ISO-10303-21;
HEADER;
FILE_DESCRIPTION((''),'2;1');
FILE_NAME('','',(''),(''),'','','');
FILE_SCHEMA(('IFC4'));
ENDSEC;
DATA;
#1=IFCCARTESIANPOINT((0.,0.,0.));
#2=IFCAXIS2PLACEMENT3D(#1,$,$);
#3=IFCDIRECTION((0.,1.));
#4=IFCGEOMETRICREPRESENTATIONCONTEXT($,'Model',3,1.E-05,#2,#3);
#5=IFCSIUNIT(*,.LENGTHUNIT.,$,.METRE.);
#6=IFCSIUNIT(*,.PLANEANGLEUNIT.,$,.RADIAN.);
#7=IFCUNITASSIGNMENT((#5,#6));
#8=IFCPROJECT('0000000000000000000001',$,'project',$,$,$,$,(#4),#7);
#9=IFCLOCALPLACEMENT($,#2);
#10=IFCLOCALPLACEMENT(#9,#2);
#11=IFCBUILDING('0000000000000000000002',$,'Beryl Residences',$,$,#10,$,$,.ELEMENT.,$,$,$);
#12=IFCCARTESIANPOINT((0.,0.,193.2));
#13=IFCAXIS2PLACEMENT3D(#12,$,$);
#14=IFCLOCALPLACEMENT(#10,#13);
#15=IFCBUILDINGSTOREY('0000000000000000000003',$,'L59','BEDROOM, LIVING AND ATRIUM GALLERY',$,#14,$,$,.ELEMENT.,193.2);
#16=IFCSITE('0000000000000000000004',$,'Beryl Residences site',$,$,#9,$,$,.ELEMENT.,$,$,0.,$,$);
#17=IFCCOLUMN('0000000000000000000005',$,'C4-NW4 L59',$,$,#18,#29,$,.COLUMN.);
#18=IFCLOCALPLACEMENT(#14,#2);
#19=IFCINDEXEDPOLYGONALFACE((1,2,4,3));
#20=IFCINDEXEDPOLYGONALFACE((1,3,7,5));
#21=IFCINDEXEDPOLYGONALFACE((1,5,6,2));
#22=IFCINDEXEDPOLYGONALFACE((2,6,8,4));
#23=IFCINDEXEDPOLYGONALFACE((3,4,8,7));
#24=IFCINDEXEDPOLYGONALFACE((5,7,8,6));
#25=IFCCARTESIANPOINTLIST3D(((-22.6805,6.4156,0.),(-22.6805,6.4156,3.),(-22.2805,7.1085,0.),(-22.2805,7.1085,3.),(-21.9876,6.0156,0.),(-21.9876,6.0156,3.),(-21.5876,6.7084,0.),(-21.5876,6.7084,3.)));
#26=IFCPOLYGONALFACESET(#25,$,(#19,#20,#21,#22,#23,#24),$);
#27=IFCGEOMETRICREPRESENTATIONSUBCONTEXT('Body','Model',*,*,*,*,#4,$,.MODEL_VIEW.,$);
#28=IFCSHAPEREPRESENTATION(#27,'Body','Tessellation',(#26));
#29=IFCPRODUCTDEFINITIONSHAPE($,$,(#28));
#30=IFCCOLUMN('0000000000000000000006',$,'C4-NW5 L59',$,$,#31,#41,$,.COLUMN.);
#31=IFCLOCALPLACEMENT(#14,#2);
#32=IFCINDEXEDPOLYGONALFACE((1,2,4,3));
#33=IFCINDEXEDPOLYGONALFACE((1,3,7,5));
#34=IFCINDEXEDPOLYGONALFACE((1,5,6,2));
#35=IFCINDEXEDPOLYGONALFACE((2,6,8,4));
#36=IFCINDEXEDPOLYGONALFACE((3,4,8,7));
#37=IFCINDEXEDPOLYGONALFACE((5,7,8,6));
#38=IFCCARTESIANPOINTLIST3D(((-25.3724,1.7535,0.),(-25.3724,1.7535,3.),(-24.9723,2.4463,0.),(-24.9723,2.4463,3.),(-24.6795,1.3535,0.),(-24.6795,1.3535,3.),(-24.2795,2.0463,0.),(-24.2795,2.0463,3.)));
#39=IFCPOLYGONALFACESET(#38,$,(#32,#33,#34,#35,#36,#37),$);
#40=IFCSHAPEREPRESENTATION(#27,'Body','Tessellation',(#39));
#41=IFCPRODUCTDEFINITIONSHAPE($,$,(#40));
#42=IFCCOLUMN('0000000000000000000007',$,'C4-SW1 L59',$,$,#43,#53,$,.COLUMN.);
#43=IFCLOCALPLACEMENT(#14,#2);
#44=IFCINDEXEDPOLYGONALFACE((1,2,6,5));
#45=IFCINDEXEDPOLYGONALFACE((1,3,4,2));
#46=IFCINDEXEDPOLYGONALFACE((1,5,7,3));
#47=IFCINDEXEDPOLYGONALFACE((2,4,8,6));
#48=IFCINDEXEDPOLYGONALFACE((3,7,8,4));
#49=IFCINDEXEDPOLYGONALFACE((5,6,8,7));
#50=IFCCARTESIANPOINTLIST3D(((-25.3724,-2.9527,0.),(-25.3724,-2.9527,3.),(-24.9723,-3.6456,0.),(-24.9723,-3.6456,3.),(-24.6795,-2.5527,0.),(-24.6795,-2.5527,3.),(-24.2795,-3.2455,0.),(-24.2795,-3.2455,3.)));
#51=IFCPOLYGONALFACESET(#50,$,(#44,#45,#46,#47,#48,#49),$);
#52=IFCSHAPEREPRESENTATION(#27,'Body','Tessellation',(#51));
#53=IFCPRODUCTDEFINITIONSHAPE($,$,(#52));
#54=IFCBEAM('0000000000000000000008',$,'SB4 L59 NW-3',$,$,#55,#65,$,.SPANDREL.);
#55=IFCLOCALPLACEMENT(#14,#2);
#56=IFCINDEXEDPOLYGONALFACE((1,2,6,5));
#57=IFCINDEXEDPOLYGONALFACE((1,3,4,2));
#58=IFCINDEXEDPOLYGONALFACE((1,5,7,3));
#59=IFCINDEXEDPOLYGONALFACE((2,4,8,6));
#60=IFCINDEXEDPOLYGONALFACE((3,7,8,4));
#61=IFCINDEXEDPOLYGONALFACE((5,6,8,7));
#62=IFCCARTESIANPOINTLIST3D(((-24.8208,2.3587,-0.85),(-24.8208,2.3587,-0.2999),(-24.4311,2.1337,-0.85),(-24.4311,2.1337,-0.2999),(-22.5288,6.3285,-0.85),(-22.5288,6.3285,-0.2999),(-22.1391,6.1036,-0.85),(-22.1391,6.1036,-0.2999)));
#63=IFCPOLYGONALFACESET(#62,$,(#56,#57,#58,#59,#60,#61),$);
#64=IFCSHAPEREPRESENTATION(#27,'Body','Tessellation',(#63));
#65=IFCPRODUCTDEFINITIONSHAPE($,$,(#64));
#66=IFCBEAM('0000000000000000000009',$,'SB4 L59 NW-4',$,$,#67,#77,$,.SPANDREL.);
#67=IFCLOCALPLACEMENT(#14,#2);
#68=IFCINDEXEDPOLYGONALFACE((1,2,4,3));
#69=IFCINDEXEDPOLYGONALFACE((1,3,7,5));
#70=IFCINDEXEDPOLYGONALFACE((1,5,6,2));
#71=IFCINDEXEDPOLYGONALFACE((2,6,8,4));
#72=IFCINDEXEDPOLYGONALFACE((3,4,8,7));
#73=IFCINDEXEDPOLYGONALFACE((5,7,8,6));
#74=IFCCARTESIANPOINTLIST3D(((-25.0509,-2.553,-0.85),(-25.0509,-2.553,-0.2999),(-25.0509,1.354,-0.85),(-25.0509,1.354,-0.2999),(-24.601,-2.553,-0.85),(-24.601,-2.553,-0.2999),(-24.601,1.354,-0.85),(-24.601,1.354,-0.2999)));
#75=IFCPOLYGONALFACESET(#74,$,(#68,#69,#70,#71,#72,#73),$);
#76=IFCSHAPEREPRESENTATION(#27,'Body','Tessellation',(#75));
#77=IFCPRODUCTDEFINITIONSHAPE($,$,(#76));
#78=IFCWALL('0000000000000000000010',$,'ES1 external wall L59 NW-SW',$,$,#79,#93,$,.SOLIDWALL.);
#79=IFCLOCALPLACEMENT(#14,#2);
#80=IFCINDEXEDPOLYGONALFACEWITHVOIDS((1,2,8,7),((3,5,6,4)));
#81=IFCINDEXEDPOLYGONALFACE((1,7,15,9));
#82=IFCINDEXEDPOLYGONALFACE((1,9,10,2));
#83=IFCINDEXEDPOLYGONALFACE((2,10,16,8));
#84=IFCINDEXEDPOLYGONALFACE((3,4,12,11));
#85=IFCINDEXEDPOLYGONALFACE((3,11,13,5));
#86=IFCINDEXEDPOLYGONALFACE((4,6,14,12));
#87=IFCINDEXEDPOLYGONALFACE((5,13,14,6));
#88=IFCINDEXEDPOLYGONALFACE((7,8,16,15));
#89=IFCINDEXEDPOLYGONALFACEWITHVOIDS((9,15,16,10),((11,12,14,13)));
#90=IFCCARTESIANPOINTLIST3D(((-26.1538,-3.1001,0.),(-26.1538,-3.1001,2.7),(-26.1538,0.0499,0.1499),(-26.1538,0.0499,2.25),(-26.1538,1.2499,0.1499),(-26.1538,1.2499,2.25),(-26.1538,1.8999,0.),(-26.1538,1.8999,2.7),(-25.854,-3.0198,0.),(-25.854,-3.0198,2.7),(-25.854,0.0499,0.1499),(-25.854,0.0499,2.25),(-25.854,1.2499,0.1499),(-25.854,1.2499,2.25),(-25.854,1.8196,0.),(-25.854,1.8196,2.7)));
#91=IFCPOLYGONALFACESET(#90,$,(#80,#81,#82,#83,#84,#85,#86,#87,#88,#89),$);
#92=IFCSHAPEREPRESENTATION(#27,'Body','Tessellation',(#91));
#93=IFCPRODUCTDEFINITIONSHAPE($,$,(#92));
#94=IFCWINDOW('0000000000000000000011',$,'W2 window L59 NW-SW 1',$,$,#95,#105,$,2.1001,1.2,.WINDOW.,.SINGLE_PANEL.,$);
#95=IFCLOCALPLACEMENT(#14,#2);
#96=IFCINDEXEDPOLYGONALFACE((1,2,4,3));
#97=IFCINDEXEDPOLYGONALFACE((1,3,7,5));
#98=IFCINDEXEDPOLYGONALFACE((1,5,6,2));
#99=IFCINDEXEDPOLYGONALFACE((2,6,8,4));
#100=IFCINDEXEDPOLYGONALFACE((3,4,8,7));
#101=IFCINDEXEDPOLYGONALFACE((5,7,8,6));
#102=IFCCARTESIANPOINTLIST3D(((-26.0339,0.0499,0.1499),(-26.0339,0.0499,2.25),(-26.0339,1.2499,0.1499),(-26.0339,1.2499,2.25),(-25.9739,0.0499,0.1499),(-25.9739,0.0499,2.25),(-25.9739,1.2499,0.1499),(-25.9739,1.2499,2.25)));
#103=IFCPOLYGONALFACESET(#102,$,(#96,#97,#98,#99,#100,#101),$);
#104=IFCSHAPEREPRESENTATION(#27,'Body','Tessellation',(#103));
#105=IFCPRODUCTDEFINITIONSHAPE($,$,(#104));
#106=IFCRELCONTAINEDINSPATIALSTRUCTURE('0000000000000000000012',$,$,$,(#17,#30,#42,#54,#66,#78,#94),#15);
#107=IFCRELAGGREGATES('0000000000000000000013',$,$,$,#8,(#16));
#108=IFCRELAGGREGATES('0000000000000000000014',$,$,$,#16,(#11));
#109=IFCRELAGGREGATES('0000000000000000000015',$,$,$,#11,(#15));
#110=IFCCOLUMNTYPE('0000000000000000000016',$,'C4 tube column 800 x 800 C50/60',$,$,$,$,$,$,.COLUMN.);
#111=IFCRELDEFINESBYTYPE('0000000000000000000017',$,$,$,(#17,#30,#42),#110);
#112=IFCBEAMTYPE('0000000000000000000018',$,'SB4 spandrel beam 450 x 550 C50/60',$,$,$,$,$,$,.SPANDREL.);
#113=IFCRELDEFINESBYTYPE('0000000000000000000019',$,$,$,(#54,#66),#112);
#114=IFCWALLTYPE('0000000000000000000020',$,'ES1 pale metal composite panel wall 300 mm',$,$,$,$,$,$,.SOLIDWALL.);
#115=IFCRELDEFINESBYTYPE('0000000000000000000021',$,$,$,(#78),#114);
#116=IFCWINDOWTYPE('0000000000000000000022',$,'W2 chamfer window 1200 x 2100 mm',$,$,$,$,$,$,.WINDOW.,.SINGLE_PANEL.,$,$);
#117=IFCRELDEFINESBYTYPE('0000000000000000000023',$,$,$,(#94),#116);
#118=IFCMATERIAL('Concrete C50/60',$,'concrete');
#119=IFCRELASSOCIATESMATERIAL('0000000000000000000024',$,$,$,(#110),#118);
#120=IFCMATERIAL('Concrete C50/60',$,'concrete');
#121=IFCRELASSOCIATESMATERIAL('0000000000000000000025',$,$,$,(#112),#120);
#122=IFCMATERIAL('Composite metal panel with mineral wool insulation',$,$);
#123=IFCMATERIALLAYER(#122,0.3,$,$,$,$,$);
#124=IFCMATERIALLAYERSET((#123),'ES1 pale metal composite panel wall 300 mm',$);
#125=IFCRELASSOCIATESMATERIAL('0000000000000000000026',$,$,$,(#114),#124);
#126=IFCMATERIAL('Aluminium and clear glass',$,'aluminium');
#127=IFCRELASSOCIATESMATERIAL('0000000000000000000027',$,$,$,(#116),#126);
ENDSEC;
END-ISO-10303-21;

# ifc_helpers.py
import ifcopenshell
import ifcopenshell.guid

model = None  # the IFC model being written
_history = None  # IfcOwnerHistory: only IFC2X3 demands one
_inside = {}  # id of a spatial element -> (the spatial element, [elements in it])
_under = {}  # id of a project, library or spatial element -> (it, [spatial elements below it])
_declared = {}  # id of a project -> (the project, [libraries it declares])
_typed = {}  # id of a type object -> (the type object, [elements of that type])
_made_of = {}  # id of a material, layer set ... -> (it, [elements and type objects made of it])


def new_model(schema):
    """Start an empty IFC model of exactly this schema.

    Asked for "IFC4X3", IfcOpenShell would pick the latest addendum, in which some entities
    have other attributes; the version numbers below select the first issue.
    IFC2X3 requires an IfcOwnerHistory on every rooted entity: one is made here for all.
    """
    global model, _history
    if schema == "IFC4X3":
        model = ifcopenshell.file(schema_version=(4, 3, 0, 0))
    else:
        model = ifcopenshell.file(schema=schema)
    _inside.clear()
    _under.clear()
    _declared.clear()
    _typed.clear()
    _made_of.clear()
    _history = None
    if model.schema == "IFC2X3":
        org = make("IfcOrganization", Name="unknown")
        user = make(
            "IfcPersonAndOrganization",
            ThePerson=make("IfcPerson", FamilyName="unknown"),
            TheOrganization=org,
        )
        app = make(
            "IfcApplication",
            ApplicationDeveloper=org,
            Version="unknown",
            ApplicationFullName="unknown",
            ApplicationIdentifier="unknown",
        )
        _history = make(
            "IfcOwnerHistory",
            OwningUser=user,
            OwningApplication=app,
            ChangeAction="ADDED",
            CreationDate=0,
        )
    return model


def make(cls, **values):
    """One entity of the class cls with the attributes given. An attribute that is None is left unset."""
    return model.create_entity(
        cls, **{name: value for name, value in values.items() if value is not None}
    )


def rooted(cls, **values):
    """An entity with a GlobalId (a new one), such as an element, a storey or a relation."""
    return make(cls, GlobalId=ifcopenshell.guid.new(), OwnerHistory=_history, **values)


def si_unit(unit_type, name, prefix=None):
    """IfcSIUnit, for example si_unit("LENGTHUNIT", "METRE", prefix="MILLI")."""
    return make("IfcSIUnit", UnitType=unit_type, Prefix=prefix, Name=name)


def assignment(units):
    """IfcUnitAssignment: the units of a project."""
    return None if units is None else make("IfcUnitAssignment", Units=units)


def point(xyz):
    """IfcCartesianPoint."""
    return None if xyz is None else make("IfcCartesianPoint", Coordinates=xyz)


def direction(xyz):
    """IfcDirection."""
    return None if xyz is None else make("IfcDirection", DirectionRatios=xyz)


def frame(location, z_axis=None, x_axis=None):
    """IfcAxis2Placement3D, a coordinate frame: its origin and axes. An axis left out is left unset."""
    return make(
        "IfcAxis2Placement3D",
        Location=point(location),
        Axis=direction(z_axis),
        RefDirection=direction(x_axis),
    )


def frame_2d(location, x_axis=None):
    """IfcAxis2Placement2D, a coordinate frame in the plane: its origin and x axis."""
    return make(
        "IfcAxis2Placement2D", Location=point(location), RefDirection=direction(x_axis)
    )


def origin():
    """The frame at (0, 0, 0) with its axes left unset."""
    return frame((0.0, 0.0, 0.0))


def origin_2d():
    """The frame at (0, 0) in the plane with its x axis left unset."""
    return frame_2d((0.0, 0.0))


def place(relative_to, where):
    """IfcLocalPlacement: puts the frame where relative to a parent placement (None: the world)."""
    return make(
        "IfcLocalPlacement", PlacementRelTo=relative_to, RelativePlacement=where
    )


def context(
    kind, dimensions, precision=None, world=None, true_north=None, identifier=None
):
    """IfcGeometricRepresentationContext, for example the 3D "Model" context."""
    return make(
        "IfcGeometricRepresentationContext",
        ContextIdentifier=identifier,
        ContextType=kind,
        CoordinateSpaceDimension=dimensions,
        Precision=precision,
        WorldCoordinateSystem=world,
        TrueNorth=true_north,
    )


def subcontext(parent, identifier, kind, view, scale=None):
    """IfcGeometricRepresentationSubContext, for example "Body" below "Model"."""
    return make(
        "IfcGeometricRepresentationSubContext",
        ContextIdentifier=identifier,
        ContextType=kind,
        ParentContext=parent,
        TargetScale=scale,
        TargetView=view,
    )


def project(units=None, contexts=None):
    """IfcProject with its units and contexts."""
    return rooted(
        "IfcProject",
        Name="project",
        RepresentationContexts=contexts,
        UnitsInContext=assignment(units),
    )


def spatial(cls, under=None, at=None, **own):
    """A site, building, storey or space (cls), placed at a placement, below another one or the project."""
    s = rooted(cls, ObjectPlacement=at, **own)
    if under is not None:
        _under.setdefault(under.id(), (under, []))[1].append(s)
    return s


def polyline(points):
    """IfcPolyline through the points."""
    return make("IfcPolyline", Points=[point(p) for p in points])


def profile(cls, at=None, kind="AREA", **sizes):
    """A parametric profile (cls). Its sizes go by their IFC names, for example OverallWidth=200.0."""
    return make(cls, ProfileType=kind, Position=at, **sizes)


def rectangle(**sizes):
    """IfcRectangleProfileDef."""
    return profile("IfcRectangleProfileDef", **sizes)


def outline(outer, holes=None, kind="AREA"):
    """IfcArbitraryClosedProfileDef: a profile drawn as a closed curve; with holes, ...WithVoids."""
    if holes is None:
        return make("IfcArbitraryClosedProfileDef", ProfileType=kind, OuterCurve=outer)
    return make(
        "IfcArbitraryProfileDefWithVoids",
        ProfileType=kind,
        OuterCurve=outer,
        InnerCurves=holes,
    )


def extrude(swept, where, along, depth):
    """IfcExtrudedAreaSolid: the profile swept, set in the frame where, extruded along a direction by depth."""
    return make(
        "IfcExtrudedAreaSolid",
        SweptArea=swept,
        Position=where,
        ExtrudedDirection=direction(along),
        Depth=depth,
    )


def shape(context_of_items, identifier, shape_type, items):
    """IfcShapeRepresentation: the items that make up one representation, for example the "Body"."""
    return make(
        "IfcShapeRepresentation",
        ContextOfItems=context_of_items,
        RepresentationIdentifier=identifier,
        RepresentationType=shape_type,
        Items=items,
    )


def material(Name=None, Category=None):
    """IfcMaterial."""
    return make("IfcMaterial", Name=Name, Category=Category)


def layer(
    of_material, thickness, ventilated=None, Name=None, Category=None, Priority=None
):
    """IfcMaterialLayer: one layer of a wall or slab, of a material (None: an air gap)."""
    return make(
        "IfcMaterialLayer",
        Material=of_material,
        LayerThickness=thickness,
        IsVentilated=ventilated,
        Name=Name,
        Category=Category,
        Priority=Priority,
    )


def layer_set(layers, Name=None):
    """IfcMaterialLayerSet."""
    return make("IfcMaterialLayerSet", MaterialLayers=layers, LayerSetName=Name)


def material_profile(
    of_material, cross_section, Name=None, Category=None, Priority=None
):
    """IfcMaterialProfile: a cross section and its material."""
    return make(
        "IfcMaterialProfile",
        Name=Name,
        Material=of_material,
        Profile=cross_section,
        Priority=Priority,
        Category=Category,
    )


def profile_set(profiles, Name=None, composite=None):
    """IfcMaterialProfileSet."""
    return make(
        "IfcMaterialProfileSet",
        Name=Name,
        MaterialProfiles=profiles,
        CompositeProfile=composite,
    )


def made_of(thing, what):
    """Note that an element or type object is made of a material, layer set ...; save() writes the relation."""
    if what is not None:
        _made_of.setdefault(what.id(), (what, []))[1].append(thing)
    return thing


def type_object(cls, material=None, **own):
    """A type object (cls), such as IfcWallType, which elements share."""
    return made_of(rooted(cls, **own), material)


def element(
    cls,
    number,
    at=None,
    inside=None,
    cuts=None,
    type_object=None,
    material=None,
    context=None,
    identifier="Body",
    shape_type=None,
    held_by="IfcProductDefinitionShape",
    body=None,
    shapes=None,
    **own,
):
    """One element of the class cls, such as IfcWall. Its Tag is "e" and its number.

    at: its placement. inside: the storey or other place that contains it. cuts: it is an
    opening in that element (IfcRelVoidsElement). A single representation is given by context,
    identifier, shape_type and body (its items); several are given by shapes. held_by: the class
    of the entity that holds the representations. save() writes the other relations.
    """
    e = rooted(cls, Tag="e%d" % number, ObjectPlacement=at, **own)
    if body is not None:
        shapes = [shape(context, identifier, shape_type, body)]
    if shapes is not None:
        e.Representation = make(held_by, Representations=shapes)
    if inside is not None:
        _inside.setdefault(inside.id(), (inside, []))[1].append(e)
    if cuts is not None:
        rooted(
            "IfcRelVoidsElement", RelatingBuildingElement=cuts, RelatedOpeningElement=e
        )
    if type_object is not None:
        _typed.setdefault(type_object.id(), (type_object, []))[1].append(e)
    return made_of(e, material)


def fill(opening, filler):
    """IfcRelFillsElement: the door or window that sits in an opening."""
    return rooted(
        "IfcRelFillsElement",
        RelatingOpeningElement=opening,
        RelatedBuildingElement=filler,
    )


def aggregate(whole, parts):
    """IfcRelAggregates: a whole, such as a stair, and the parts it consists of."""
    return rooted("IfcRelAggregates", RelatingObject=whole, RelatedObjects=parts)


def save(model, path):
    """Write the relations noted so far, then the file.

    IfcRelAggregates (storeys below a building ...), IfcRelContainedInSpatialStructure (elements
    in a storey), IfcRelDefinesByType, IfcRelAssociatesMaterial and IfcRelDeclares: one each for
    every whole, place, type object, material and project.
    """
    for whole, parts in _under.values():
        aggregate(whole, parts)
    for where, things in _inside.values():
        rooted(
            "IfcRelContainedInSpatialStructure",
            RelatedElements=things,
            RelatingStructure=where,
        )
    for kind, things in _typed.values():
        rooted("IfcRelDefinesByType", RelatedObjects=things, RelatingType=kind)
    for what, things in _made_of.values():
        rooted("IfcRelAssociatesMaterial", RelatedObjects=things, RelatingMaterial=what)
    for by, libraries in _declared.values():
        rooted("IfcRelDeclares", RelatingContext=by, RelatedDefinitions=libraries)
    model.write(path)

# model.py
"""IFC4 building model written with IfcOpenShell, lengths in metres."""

from ifc_helpers import new_model, si_unit, direction, frame, frame_2d, origin, origin_2d, place, context, subcontext, project, spatial, polyline, rectangle, outline, extrude, material, layer, layer_set, material_profile, profile_set, type_object, element, fill, save


model = new_model("IFC4")

# Units and contexts
model_context = context("Model", 3, precision=1e-05, world=origin(), true_north=direction((0.0, 1.0)))
body_context = subcontext(model_context, "Body", "Model", "MODEL_VIEW")
ifc_project = project(units=[si_unit("LENGTHUNIT", "METRE"), si_unit("PLANEANGLEUNIT", "RADIAN")], contexts=[model_context])

# Site, building, storey
site_placement = place(None, origin())
site = spatial("IfcSite", under=ifc_project, at=site_placement, Name="Beryl Residences site", CompositionType="ELEMENT", RefElevation=0.0)
building_placement = place(site_placement, origin())
building = spatial("IfcBuilding", under=site, at=building_placement, Name="Beryl Residences", CompositionType="ELEMENT")
storey_placement = place(building_placement, frame((0.0, 0.0, 193.2)))
storey = spatial("IfcBuildingStorey", under=building, at=storey_placement, Name="L59", Description="BEDROOM, LIVING AND ATRIUM GALLERY", CompositionType="ELEMENT", Elevation=193.2)

# Columns
ifc_material_1 = material(Name="Concrete C50/60", Category="concrete")
ifc_material_profile_1 = material_profile(ifc_material_1, rectangle(XDim=0.8, YDim=0.8, at=origin_2d()))
ifc_profile_set_1 = profile_set([ifc_material_profile_1], Name="Concrete C50/60")
column_type = type_object("IfcColumnType", Name="C4 tube column 800 x 800 C50/60", PredefinedType="COLUMN", material=ifc_profile_set_1)
for number, where, z_axis, x_axis, name in (
    (1, (-22.134, 6.562, 0.0), (0.0, 0.0, 1.0), (-0.5, -0.866025, 0.0), "C4-NW4 L59"),
    (2, (-24.8259, 1.8999, 0.0), (0.0, 0.0, 1.0), (-0.5, -0.866025, 0.0), "C4-NW5 L59"),
    (3, (-24.8259, -3.0991, 0.0), (0.0, 0.0, 1.0), (0.5, -0.866025, 0.0), "C4-SW1 L59"),
):
    element("IfcColumn", number, at=place(storey_placement, frame(where, z_axis=z_axis, x_axis=x_axis)), inside=storey, type_object=column_type, Name=name, PredefinedType="COLUMN", context=body_context, shape_type="SweptSolid", body=[
        extrude(rectangle(XDim=0.8, YDim=0.8, at=origin_2d()), origin(), (0.0, 0.0, 1.0), 3.0),
    ])

# Beams
ifc_material_2 = material(Name="Concrete C50/60", Category="concrete")
ifc_material_profile_2 = material_profile(ifc_material_2, rectangle(XDim=0.45, YDim=0.55, at=origin_2d()))
ifc_profile_set_2 = profile_set([ifc_material_profile_2], Name="Concrete C50/60")
beam_type = type_object("IfcBeamType", Name="SB4 spandrel beam 450 x 550 C50/60", PredefinedType="SPANDREL", material=ifc_profile_set_2)
beam_1_placement = place(storey_placement, frame((-22.334, 6.2161, -0.575), z_axis=(-0.499988, -0.866032, 0.0), x_axis=(0.866032, -0.499988, 0.0)))
element("IfcBeam", 4, at=beam_1_placement, inside=storey, type_object=beam_type, Name="SB4 L59 NW-3", PredefinedType="SPANDREL", context=body_context, shape_type="SweptSolid", body=[
    extrude(rectangle(XDim=0.45, YDim=0.55, at=origin_2d()), origin(), (0.0, 0.0, 1.0), 4.584),
])
beam_2_placement = place(storey_placement, frame((-24.8259, 1.354, -0.575), z_axis=(0.0, -1.0, 0.0), x_axis=(1.0, 0.0, 0.0)))
element("IfcBeam", 5, at=beam_2_placement, inside=storey, type_object=beam_type, Name="SB4 L59 NW-4", PredefinedType="SPANDREL", context=body_context, shape_type="SweptSolid", body=[
    extrude(rectangle(XDim=0.45, YDim=0.55, at=origin_2d()), origin(), (0.0, 0.0, 1.0), 3.907),
])

# Wall, opening, window
ifc_material_3 = material(Name="Composite metal panel with mineral wool insulation")
ifc_layer_1 = layer(ifc_material_3, 0.3)
ifc_layer_set_1 = layer_set([ifc_layer_1], Name="ES1 pale metal composite panel wall 300 mm")
wall_type_1 = type_object("IfcWallType", Name="ES1 pale metal composite panel wall 300 mm", PredefinedType="SOLIDWALL", material=ifc_layer_set_1)
wall_1_placement = place(storey_placement, frame((-26.0039, 1.8999, 0.0), z_axis=(0.0, 0.0, 1.0), x_axis=(0.0, -1.0, 0.0)))
wall_1 = element("IfcWall", 6, at=wall_1_placement, inside=storey, type_object=wall_type_1, Name="ES1 external wall L59 NW-SW", PredefinedType="SOLIDWALL", context=body_context, shape_type="SweptSolid", body=[
    extrude(outline(polyline([(0.0, -0.1499), (5.0, -0.1499), (4.9197, 0.1499), (0.0803, 0.1499), (0.0, -0.1499)])), origin(), (0.0, 0.0, 1.0), 2.7),
])
opening_1_placement = place(wall_1_placement, frame((0.6499, 0.0, 0.1499)))
opening_1 = element("IfcOpeningElement", 7, at=opening_1_placement, cuts=wall_1, PredefinedType="OPENING", context=body_context, shape_type="SweptSolid", body=[
    extrude(rectangle(XDim=1.2, YDim=2.1001, at=frame_2d((0.6001, 1.05))), frame((0.0, 0.1599, 0.0), z_axis=(0.0, -1.0, 0.0), x_axis=(1.0, 0.0, 0.0)), (0.0, 0.0, 1.0), 0.3201),
])
ifc_material_4 = material(Name="Aluminium and clear glass", Category="aluminium")
window_type_1 = type_object("IfcWindowType", Name="W2 chamfer window 1200 x 2100 mm", PartitioningType="SINGLE_PANEL", PredefinedType="WINDOW", material=ifc_material_4)
window_1_placement = place(opening_1_placement, origin())
window_1 = element("IfcWindow", 8, at=window_1_placement, inside=storey, type_object=window_type_1, Name="W2 window L59 NW-SW 1", OverallHeight=2.1001, OverallWidth=1.2, PartitioningType="SINGLE_PANEL", PredefinedType="WINDOW", context=body_context, shape_type="SweptSolid", body=[
    extrude(rectangle(XDim=1.2, YDim=2.1001, at=frame_2d((0.6001, 1.05))), frame((0.0, 0.03, 0.0), z_axis=(0.0, -1.0, 0.0), x_axis=(1.0, 0.0, 0.0)), (0.0, 0.0, 1.0), 0.0601),
])
fill(opening_1, window_1)

save(model, "model.ifc")
